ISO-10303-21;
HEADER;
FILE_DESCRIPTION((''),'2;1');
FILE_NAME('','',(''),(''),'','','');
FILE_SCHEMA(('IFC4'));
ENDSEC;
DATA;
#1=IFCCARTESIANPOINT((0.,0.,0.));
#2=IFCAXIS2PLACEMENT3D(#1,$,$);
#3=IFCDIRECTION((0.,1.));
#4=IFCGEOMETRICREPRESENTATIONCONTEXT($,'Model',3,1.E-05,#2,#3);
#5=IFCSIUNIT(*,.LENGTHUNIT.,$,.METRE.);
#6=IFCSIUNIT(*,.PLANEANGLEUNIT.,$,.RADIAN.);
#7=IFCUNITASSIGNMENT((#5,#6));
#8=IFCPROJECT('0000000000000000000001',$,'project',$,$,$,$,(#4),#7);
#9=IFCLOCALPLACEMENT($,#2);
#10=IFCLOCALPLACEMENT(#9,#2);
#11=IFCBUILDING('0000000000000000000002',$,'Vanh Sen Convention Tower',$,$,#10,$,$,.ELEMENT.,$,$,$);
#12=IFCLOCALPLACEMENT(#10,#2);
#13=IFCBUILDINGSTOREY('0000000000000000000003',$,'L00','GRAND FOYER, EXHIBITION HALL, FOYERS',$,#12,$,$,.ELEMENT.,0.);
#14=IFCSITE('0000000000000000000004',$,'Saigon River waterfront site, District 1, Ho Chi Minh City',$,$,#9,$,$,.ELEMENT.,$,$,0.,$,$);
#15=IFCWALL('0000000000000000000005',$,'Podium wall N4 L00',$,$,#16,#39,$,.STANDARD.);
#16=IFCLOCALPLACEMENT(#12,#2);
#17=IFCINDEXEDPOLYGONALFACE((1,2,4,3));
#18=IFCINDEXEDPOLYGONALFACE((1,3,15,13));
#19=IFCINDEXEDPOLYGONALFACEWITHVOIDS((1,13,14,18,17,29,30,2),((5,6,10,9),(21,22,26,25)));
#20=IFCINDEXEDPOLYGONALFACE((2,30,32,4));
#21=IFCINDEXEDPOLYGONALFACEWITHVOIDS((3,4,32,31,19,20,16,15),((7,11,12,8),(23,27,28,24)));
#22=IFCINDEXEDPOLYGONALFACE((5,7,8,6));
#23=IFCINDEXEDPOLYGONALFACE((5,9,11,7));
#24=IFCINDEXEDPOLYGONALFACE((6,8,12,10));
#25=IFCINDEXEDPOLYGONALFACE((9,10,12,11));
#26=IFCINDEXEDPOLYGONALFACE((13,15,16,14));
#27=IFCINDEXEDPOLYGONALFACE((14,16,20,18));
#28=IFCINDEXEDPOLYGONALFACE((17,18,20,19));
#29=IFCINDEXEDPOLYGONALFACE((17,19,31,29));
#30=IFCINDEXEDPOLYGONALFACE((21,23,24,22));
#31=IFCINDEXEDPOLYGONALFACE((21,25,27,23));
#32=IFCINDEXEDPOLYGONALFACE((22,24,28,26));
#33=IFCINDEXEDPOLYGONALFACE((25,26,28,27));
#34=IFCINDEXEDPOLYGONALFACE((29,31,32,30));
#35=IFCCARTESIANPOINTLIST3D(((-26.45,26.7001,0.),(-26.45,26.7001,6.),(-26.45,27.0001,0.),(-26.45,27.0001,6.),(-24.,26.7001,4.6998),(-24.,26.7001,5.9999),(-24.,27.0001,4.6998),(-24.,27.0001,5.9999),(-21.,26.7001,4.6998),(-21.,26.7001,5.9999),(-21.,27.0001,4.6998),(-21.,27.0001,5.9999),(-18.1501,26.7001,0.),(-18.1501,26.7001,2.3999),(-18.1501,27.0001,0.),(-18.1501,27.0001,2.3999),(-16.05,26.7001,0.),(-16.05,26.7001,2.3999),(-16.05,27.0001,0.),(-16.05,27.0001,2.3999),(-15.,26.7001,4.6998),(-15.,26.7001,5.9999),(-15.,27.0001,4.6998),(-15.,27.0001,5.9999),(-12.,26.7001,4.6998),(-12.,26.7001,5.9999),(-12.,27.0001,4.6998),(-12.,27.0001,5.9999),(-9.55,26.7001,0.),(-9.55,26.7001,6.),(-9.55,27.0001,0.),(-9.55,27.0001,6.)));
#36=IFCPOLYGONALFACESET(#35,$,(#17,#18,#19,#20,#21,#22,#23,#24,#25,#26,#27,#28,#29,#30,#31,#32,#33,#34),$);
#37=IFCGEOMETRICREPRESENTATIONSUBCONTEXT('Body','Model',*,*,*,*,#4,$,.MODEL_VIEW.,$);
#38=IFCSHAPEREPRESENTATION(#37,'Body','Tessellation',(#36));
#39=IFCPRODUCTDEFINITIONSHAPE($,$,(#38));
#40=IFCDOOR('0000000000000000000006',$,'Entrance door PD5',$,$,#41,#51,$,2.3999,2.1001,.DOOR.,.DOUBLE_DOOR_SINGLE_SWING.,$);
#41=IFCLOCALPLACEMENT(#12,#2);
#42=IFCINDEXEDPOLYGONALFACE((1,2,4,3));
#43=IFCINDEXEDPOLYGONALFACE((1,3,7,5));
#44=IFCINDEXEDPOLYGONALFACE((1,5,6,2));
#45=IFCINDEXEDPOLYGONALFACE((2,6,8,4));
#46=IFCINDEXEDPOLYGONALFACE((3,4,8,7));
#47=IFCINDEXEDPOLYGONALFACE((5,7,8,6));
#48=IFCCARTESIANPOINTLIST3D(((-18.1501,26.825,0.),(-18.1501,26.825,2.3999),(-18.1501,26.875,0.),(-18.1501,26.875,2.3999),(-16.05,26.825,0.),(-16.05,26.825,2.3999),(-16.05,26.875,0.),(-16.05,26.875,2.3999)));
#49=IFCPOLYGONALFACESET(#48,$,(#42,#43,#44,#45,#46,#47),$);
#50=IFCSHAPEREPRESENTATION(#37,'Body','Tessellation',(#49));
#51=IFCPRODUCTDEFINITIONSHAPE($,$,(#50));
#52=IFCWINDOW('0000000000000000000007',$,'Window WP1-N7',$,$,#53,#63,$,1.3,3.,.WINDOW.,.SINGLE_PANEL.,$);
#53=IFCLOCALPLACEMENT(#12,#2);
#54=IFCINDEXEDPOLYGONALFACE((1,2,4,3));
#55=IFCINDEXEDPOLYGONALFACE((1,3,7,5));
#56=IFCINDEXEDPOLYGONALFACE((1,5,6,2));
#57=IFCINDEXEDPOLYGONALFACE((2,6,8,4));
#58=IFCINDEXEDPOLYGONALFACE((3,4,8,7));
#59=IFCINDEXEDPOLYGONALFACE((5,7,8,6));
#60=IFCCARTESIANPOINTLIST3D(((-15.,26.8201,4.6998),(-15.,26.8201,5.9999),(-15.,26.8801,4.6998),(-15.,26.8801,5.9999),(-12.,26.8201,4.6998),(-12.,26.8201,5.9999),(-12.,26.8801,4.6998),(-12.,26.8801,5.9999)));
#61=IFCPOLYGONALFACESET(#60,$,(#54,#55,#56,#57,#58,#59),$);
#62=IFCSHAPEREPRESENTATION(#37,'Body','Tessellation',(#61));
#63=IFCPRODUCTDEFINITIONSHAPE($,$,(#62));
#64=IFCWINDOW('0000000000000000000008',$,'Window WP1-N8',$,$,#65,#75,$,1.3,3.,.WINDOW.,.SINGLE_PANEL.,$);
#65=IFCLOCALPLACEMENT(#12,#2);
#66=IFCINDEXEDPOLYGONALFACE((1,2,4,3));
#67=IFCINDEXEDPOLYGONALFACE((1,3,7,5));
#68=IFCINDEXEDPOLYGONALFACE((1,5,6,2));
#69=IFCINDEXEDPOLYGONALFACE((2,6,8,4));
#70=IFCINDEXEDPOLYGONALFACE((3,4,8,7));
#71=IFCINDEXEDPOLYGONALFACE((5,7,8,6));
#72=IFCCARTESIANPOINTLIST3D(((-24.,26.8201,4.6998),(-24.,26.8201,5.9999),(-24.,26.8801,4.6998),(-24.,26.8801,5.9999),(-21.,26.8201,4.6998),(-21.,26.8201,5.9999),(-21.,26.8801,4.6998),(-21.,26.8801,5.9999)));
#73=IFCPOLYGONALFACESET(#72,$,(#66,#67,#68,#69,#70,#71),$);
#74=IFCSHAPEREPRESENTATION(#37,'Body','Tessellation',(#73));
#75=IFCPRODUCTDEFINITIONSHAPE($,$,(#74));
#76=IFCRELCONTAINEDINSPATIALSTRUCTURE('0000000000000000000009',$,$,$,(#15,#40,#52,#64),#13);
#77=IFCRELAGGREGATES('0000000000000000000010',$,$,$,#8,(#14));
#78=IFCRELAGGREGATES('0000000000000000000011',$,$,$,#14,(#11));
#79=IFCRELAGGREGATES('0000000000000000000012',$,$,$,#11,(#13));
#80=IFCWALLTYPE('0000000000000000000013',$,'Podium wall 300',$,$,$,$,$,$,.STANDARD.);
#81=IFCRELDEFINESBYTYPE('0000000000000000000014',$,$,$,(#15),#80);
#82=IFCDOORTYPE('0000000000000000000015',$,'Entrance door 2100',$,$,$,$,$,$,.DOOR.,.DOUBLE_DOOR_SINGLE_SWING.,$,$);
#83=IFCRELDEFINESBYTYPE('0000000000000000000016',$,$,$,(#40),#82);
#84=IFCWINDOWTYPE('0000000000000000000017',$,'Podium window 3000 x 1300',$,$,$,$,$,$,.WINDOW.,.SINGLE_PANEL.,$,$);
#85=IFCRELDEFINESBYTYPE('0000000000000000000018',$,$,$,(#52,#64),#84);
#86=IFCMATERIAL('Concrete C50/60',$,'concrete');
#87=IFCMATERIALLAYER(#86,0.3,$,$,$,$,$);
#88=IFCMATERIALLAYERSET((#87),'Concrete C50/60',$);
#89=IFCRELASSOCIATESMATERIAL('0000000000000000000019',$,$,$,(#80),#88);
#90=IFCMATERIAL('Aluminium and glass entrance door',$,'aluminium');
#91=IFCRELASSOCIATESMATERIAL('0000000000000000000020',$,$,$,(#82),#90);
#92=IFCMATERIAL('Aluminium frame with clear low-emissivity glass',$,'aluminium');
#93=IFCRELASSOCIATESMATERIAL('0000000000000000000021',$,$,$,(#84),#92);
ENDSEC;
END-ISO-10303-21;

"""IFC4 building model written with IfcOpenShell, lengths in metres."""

from ifc_helpers import new_model, si_unit, direction, frame, frame_2d, origin, place, context, subcontext, project, spatial, rectangle, extrude, material, layer, layer_set, type_object, element, fill, save


model = new_model("IFC4")

# Units and contexts
model_context = context("Model", 3, precision=1e-05, world=origin(), true_north=direction((0.0, 1.0)))
body_context = subcontext(model_context, "Body", "Model", "MODEL_VIEW")
ifc_project = project(units=[si_unit("LENGTHUNIT", "METRE"), si_unit("PLANEANGLEUNIT", "RADIAN")], contexts=[model_context])

# Site, building, storey
site_placement = place(None, origin())
site = spatial("IfcSite", under=ifc_project, at=site_placement, Name="Saigon River waterfront site, District 1, Ho Chi Minh City", CompositionType="ELEMENT", RefElevation=0.0)
building_placement = place(site_placement, origin())
building = spatial("IfcBuilding", under=site, at=building_placement, Name="Vanh Sen Convention Tower", CompositionType="ELEMENT")
storey_placement = place(building_placement, origin())
storey = spatial("IfcBuildingStorey", under=building, at=storey_placement, Name="L00", Description="GRAND FOYER, EXHIBITION HALL, FOYERS", CompositionType="ELEMENT", Elevation=0.0)

# Wall, openings, door, windows
ifc_material_1 = material(Name="Concrete C50/60", Category="concrete")
ifc_layer_1 = layer(ifc_material_1, 0.3)
ifc_layer_set_1 = layer_set([ifc_layer_1], Name="Concrete C50/60")
wall_type_1 = type_object("IfcWallType", Name="Podium wall 300", PredefinedType="STANDARD", material=ifc_layer_set_1)
wall_1_placement = place(storey_placement, frame((-9.55, 26.8501, 0.0), z_axis=(0.0, 0.0, 1.0), x_axis=(-1.0, 0.0, 0.0)))
wall_1 = element("IfcWall", 1, at=wall_1_placement, inside=storey, type_object=wall_type_1, Name="Podium wall N4 L00", PredefinedType="STANDARD", context=body_context, shape_type="SweptSolid", body=[
    extrude(rectangle(XDim=16.8999, YDim=0.3, at=frame_2d((8.45, 0.0))), origin(), (0.0, 0.0, 1.0), 6.0),
])
opening_1_placement = place(wall_1_placement, frame((2.45, 0.0, 4.7)))
opening_1 = element("IfcOpeningElement", 2, at=opening_1_placement, cuts=wall_1, PredefinedType="OPENING", context=body_context, shape_type="SweptSolid", body=[
    extrude(rectangle(XDim=3.0, YDim=1.3, at=frame_2d((1.5, 0.6499))), frame((0.0, 0.1599, 0.0), z_axis=(0.0, -1.0, 0.0), x_axis=(1.0, 0.0, 0.0)), (0.0, 0.0, 1.0), 0.3201),
])
opening_2_placement = place(wall_1_placement, frame((11.45, 0.0, 4.7)))
opening_2 = element("IfcOpeningElement", 3, at=opening_2_placement, cuts=wall_1, PredefinedType="OPENING", context=body_context, shape_type="SweptSolid", body=[
    extrude(rectangle(XDim=3.0, YDim=1.3, at=frame_2d((1.5, 0.6499))), frame((0.0, 0.1599, 0.0), z_axis=(0.0, -1.0, 0.0), x_axis=(1.0, 0.0, 0.0)), (0.0, 0.0, 1.0), 0.3201),
])
opening_3_placement = place(wall_1_placement, frame((6.5, 0.0, 0.0)))
opening_3 = element("IfcOpeningElement", 4, at=opening_3_placement, cuts=wall_1, PredefinedType="OPENING", context=body_context, shape_type="SweptSolid", body=[
    extrude(rectangle(XDim=2.1001, YDim=2.3999, at=frame_2d((1.05, 1.2))), frame((0.0, 0.1599, 0.0), z_axis=(0.0, -1.0, 0.0), x_axis=(1.0, 0.0, 0.0)), (0.0, 0.0, 1.0), 0.3201),
])
ifc_material_2 = material(Name="Aluminium and glass entrance door", Category="aluminium")
door_type_1 = type_object("IfcDoorType", Name="Entrance door 2100", OperationType="DOUBLE_DOOR_SINGLE_SWING", PredefinedType="DOOR", material=ifc_material_2)
door_1_placement = place(opening_3_placement, frame((2.1001, 0.0, 0.0), z_axis=(0.0, 0.0, 1.0), x_axis=(-1.0, 0.0, 0.0)))
door_1 = element("IfcDoor", 5, at=door_1_placement, inside=storey, type_object=door_type_1, Name="Entrance door PD5", OperationType="DOUBLE_DOOR_SINGLE_SWING", OverallHeight=2.3999, OverallWidth=2.1001, PredefinedType="DOOR", context=body_context, shape_type="SweptSolid", body=[
    extrude(rectangle(XDim=2.1001, YDim=2.3999, at=frame_2d((1.05, 1.2))), frame((0.0, 0.0249, 0.0), z_axis=(0.0, -1.0, 0.0), x_axis=(1.0, 0.0, 0.0)), (0.0, 0.0, 1.0), 0.05),
])
fill(opening_3, door_1)
ifc_material_3 = material(Name="Aluminium frame with clear low-emissivity glass", Category="aluminium")
window_type = type_object("IfcWindowType", Name="Podium window 3000 x 1300", PartitioningType="SINGLE_PANEL", PredefinedType="WINDOW", material=ifc_material_3)
window_1_placement = place(opening_1_placement, origin())
window_1 = element("IfcWindow", 6, at=window_1_placement, inside=storey, type_object=window_type, Name="Window WP1-N7", OverallHeight=1.3, OverallWidth=3.0, PartitioningType="SINGLE_PANEL", PredefinedType="WINDOW", context=body_context, shape_type="SweptSolid", body=[
    extrude(rectangle(XDim=3.0, YDim=1.3, at=frame_2d((1.5, 0.6499))), frame((0.0, 0.03, 0.0), z_axis=(0.0, -1.0, 0.0), x_axis=(1.0, 0.0, 0.0)), (0.0, 0.0, 1.0), 0.0601),
])
fill(opening_1, window_1)
window_2_placement = place(opening_2_placement, origin())
window_2 = element("IfcWindow", 7, at=window_2_placement, inside=storey, type_object=window_type, Name="Window WP1-N8", OverallHeight=1.3, OverallWidth=3.0, PartitioningType="SINGLE_PANEL", PredefinedType="WINDOW", context=body_context, shape_type="SweptSolid", body=[
    extrude(rectangle(XDim=3.0, YDim=1.3, at=frame_2d((1.5, 0.6499))), frame((0.0, 0.03, 0.0), z_axis=(0.0, -1.0, 0.0), x_axis=(1.0, 0.0, 0.0)), (0.0, 0.0, 1.0), 0.0601),
])
fill(opening_2, window_2)

save(model, "model.ifc")
